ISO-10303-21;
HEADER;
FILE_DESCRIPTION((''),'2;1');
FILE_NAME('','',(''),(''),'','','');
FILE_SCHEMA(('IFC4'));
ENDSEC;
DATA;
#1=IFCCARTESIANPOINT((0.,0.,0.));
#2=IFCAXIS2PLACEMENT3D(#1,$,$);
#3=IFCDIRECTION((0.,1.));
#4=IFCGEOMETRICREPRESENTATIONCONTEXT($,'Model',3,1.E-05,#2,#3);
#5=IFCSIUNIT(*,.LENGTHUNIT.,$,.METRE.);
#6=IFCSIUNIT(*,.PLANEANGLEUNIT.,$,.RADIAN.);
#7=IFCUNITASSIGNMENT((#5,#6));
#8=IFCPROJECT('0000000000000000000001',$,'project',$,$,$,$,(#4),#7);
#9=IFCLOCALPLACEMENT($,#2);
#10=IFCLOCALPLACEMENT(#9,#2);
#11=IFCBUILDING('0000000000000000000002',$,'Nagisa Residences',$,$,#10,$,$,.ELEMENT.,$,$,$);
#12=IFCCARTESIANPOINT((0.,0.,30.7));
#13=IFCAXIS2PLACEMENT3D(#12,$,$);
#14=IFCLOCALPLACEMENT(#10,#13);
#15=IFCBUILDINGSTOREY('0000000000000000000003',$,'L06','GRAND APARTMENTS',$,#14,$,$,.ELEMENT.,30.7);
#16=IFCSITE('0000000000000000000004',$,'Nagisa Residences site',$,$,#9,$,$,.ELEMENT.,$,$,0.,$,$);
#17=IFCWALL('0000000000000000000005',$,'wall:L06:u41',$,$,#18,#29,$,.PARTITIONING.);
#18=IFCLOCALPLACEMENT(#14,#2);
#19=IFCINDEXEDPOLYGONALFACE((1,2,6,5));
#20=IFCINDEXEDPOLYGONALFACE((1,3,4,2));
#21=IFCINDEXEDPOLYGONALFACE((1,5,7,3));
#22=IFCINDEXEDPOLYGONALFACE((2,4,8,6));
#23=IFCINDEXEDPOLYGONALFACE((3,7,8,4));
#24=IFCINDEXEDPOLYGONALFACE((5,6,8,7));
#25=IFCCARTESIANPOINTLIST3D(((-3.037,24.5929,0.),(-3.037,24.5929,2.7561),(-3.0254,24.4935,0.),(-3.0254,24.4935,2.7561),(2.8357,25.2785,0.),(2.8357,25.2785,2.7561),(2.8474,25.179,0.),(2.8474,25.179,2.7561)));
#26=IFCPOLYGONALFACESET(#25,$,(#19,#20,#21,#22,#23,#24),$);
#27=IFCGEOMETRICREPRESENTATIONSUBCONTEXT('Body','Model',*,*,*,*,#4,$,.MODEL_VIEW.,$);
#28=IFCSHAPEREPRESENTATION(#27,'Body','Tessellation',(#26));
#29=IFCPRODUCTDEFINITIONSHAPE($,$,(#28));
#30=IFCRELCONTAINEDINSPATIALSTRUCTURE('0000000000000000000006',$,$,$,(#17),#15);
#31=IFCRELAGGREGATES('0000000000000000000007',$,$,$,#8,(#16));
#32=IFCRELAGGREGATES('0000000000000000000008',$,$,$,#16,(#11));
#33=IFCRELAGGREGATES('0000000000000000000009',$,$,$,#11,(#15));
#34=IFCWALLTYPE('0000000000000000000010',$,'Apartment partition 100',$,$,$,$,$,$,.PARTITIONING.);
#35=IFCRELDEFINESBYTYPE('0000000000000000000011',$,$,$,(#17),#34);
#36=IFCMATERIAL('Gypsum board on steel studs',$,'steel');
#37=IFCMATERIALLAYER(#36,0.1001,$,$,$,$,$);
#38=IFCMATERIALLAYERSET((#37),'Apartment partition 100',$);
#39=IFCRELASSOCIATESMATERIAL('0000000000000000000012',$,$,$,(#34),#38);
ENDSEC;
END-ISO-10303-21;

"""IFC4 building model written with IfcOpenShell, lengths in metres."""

from ifc_helpers import new_model, si_unit, direction, frame, frame_2d, origin, place, context, subcontext, project, spatial, rectangle, extrude, material, layer, layer_set, type_object, element, save


model = new_model("IFC4")

# Units and contexts
model_context = context("Model", 3, precision=1e-05, world=origin(), true_north=direction((0.0, 1.0)))
body_context = subcontext(model_context, "Body", "Model", "MODEL_VIEW")
ifc_project = project(units=[si_unit("LENGTHUNIT", "METRE"), si_unit("PLANEANGLEUNIT", "RADIAN")], contexts=[model_context])

# Site, building, storey
site_placement = place(None, origin())
site = spatial("IfcSite", under=ifc_project, at=site_placement, Name="Nagisa Residences site", CompositionType="ELEMENT", RefElevation=0.0)
building_placement = place(site_placement, origin())
building = spatial("IfcBuilding", under=site, at=building_placement, Name="Nagisa Residences", CompositionType="ELEMENT")
storey_placement = place(building_placement, frame((0.0, 0.0, 30.7)))
storey = spatial("IfcBuildingStorey", under=building, at=storey_placement, Name="L06", Description="GRAND APARTMENTS", CompositionType="ELEMENT", Elevation=30.7)

# Shared definitions
ifc_material_1 = material(Name="Gypsum board on steel studs", Category="steel")
ifc_layer_1 = layer(ifc_material_1, 0.1001)
ifc_layer_set_1 = layer_set([ifc_layer_1], Name="Apartment partition 100")
wall_type_1 = type_object("IfcWallType", Name="Apartment partition 100", PredefinedType="PARTITIONING", material=ifc_layer_set_1)

# Wall
wall_1_placement = place(storey_placement, frame((2.8416, 25.2288, 0.0), z_axis=(0.0, 0.0, 1.0), x_axis=(-0.993256, -0.115945, 0.0)))
element("IfcWall", 1, at=wall_1_placement, inside=storey, type_object=wall_type_1, Name="wall:L06:u41", PredefinedType="PARTITIONING", context=body_context, shape_type="SweptSolid", body=[
    extrude(rectangle(XDim=5.9126, YDim=0.1001, at=frame_2d((2.9563, 0.0))), origin(), (0.0, 0.0, 1.0), 2.7561),
])

save(model, "model.ifc")
